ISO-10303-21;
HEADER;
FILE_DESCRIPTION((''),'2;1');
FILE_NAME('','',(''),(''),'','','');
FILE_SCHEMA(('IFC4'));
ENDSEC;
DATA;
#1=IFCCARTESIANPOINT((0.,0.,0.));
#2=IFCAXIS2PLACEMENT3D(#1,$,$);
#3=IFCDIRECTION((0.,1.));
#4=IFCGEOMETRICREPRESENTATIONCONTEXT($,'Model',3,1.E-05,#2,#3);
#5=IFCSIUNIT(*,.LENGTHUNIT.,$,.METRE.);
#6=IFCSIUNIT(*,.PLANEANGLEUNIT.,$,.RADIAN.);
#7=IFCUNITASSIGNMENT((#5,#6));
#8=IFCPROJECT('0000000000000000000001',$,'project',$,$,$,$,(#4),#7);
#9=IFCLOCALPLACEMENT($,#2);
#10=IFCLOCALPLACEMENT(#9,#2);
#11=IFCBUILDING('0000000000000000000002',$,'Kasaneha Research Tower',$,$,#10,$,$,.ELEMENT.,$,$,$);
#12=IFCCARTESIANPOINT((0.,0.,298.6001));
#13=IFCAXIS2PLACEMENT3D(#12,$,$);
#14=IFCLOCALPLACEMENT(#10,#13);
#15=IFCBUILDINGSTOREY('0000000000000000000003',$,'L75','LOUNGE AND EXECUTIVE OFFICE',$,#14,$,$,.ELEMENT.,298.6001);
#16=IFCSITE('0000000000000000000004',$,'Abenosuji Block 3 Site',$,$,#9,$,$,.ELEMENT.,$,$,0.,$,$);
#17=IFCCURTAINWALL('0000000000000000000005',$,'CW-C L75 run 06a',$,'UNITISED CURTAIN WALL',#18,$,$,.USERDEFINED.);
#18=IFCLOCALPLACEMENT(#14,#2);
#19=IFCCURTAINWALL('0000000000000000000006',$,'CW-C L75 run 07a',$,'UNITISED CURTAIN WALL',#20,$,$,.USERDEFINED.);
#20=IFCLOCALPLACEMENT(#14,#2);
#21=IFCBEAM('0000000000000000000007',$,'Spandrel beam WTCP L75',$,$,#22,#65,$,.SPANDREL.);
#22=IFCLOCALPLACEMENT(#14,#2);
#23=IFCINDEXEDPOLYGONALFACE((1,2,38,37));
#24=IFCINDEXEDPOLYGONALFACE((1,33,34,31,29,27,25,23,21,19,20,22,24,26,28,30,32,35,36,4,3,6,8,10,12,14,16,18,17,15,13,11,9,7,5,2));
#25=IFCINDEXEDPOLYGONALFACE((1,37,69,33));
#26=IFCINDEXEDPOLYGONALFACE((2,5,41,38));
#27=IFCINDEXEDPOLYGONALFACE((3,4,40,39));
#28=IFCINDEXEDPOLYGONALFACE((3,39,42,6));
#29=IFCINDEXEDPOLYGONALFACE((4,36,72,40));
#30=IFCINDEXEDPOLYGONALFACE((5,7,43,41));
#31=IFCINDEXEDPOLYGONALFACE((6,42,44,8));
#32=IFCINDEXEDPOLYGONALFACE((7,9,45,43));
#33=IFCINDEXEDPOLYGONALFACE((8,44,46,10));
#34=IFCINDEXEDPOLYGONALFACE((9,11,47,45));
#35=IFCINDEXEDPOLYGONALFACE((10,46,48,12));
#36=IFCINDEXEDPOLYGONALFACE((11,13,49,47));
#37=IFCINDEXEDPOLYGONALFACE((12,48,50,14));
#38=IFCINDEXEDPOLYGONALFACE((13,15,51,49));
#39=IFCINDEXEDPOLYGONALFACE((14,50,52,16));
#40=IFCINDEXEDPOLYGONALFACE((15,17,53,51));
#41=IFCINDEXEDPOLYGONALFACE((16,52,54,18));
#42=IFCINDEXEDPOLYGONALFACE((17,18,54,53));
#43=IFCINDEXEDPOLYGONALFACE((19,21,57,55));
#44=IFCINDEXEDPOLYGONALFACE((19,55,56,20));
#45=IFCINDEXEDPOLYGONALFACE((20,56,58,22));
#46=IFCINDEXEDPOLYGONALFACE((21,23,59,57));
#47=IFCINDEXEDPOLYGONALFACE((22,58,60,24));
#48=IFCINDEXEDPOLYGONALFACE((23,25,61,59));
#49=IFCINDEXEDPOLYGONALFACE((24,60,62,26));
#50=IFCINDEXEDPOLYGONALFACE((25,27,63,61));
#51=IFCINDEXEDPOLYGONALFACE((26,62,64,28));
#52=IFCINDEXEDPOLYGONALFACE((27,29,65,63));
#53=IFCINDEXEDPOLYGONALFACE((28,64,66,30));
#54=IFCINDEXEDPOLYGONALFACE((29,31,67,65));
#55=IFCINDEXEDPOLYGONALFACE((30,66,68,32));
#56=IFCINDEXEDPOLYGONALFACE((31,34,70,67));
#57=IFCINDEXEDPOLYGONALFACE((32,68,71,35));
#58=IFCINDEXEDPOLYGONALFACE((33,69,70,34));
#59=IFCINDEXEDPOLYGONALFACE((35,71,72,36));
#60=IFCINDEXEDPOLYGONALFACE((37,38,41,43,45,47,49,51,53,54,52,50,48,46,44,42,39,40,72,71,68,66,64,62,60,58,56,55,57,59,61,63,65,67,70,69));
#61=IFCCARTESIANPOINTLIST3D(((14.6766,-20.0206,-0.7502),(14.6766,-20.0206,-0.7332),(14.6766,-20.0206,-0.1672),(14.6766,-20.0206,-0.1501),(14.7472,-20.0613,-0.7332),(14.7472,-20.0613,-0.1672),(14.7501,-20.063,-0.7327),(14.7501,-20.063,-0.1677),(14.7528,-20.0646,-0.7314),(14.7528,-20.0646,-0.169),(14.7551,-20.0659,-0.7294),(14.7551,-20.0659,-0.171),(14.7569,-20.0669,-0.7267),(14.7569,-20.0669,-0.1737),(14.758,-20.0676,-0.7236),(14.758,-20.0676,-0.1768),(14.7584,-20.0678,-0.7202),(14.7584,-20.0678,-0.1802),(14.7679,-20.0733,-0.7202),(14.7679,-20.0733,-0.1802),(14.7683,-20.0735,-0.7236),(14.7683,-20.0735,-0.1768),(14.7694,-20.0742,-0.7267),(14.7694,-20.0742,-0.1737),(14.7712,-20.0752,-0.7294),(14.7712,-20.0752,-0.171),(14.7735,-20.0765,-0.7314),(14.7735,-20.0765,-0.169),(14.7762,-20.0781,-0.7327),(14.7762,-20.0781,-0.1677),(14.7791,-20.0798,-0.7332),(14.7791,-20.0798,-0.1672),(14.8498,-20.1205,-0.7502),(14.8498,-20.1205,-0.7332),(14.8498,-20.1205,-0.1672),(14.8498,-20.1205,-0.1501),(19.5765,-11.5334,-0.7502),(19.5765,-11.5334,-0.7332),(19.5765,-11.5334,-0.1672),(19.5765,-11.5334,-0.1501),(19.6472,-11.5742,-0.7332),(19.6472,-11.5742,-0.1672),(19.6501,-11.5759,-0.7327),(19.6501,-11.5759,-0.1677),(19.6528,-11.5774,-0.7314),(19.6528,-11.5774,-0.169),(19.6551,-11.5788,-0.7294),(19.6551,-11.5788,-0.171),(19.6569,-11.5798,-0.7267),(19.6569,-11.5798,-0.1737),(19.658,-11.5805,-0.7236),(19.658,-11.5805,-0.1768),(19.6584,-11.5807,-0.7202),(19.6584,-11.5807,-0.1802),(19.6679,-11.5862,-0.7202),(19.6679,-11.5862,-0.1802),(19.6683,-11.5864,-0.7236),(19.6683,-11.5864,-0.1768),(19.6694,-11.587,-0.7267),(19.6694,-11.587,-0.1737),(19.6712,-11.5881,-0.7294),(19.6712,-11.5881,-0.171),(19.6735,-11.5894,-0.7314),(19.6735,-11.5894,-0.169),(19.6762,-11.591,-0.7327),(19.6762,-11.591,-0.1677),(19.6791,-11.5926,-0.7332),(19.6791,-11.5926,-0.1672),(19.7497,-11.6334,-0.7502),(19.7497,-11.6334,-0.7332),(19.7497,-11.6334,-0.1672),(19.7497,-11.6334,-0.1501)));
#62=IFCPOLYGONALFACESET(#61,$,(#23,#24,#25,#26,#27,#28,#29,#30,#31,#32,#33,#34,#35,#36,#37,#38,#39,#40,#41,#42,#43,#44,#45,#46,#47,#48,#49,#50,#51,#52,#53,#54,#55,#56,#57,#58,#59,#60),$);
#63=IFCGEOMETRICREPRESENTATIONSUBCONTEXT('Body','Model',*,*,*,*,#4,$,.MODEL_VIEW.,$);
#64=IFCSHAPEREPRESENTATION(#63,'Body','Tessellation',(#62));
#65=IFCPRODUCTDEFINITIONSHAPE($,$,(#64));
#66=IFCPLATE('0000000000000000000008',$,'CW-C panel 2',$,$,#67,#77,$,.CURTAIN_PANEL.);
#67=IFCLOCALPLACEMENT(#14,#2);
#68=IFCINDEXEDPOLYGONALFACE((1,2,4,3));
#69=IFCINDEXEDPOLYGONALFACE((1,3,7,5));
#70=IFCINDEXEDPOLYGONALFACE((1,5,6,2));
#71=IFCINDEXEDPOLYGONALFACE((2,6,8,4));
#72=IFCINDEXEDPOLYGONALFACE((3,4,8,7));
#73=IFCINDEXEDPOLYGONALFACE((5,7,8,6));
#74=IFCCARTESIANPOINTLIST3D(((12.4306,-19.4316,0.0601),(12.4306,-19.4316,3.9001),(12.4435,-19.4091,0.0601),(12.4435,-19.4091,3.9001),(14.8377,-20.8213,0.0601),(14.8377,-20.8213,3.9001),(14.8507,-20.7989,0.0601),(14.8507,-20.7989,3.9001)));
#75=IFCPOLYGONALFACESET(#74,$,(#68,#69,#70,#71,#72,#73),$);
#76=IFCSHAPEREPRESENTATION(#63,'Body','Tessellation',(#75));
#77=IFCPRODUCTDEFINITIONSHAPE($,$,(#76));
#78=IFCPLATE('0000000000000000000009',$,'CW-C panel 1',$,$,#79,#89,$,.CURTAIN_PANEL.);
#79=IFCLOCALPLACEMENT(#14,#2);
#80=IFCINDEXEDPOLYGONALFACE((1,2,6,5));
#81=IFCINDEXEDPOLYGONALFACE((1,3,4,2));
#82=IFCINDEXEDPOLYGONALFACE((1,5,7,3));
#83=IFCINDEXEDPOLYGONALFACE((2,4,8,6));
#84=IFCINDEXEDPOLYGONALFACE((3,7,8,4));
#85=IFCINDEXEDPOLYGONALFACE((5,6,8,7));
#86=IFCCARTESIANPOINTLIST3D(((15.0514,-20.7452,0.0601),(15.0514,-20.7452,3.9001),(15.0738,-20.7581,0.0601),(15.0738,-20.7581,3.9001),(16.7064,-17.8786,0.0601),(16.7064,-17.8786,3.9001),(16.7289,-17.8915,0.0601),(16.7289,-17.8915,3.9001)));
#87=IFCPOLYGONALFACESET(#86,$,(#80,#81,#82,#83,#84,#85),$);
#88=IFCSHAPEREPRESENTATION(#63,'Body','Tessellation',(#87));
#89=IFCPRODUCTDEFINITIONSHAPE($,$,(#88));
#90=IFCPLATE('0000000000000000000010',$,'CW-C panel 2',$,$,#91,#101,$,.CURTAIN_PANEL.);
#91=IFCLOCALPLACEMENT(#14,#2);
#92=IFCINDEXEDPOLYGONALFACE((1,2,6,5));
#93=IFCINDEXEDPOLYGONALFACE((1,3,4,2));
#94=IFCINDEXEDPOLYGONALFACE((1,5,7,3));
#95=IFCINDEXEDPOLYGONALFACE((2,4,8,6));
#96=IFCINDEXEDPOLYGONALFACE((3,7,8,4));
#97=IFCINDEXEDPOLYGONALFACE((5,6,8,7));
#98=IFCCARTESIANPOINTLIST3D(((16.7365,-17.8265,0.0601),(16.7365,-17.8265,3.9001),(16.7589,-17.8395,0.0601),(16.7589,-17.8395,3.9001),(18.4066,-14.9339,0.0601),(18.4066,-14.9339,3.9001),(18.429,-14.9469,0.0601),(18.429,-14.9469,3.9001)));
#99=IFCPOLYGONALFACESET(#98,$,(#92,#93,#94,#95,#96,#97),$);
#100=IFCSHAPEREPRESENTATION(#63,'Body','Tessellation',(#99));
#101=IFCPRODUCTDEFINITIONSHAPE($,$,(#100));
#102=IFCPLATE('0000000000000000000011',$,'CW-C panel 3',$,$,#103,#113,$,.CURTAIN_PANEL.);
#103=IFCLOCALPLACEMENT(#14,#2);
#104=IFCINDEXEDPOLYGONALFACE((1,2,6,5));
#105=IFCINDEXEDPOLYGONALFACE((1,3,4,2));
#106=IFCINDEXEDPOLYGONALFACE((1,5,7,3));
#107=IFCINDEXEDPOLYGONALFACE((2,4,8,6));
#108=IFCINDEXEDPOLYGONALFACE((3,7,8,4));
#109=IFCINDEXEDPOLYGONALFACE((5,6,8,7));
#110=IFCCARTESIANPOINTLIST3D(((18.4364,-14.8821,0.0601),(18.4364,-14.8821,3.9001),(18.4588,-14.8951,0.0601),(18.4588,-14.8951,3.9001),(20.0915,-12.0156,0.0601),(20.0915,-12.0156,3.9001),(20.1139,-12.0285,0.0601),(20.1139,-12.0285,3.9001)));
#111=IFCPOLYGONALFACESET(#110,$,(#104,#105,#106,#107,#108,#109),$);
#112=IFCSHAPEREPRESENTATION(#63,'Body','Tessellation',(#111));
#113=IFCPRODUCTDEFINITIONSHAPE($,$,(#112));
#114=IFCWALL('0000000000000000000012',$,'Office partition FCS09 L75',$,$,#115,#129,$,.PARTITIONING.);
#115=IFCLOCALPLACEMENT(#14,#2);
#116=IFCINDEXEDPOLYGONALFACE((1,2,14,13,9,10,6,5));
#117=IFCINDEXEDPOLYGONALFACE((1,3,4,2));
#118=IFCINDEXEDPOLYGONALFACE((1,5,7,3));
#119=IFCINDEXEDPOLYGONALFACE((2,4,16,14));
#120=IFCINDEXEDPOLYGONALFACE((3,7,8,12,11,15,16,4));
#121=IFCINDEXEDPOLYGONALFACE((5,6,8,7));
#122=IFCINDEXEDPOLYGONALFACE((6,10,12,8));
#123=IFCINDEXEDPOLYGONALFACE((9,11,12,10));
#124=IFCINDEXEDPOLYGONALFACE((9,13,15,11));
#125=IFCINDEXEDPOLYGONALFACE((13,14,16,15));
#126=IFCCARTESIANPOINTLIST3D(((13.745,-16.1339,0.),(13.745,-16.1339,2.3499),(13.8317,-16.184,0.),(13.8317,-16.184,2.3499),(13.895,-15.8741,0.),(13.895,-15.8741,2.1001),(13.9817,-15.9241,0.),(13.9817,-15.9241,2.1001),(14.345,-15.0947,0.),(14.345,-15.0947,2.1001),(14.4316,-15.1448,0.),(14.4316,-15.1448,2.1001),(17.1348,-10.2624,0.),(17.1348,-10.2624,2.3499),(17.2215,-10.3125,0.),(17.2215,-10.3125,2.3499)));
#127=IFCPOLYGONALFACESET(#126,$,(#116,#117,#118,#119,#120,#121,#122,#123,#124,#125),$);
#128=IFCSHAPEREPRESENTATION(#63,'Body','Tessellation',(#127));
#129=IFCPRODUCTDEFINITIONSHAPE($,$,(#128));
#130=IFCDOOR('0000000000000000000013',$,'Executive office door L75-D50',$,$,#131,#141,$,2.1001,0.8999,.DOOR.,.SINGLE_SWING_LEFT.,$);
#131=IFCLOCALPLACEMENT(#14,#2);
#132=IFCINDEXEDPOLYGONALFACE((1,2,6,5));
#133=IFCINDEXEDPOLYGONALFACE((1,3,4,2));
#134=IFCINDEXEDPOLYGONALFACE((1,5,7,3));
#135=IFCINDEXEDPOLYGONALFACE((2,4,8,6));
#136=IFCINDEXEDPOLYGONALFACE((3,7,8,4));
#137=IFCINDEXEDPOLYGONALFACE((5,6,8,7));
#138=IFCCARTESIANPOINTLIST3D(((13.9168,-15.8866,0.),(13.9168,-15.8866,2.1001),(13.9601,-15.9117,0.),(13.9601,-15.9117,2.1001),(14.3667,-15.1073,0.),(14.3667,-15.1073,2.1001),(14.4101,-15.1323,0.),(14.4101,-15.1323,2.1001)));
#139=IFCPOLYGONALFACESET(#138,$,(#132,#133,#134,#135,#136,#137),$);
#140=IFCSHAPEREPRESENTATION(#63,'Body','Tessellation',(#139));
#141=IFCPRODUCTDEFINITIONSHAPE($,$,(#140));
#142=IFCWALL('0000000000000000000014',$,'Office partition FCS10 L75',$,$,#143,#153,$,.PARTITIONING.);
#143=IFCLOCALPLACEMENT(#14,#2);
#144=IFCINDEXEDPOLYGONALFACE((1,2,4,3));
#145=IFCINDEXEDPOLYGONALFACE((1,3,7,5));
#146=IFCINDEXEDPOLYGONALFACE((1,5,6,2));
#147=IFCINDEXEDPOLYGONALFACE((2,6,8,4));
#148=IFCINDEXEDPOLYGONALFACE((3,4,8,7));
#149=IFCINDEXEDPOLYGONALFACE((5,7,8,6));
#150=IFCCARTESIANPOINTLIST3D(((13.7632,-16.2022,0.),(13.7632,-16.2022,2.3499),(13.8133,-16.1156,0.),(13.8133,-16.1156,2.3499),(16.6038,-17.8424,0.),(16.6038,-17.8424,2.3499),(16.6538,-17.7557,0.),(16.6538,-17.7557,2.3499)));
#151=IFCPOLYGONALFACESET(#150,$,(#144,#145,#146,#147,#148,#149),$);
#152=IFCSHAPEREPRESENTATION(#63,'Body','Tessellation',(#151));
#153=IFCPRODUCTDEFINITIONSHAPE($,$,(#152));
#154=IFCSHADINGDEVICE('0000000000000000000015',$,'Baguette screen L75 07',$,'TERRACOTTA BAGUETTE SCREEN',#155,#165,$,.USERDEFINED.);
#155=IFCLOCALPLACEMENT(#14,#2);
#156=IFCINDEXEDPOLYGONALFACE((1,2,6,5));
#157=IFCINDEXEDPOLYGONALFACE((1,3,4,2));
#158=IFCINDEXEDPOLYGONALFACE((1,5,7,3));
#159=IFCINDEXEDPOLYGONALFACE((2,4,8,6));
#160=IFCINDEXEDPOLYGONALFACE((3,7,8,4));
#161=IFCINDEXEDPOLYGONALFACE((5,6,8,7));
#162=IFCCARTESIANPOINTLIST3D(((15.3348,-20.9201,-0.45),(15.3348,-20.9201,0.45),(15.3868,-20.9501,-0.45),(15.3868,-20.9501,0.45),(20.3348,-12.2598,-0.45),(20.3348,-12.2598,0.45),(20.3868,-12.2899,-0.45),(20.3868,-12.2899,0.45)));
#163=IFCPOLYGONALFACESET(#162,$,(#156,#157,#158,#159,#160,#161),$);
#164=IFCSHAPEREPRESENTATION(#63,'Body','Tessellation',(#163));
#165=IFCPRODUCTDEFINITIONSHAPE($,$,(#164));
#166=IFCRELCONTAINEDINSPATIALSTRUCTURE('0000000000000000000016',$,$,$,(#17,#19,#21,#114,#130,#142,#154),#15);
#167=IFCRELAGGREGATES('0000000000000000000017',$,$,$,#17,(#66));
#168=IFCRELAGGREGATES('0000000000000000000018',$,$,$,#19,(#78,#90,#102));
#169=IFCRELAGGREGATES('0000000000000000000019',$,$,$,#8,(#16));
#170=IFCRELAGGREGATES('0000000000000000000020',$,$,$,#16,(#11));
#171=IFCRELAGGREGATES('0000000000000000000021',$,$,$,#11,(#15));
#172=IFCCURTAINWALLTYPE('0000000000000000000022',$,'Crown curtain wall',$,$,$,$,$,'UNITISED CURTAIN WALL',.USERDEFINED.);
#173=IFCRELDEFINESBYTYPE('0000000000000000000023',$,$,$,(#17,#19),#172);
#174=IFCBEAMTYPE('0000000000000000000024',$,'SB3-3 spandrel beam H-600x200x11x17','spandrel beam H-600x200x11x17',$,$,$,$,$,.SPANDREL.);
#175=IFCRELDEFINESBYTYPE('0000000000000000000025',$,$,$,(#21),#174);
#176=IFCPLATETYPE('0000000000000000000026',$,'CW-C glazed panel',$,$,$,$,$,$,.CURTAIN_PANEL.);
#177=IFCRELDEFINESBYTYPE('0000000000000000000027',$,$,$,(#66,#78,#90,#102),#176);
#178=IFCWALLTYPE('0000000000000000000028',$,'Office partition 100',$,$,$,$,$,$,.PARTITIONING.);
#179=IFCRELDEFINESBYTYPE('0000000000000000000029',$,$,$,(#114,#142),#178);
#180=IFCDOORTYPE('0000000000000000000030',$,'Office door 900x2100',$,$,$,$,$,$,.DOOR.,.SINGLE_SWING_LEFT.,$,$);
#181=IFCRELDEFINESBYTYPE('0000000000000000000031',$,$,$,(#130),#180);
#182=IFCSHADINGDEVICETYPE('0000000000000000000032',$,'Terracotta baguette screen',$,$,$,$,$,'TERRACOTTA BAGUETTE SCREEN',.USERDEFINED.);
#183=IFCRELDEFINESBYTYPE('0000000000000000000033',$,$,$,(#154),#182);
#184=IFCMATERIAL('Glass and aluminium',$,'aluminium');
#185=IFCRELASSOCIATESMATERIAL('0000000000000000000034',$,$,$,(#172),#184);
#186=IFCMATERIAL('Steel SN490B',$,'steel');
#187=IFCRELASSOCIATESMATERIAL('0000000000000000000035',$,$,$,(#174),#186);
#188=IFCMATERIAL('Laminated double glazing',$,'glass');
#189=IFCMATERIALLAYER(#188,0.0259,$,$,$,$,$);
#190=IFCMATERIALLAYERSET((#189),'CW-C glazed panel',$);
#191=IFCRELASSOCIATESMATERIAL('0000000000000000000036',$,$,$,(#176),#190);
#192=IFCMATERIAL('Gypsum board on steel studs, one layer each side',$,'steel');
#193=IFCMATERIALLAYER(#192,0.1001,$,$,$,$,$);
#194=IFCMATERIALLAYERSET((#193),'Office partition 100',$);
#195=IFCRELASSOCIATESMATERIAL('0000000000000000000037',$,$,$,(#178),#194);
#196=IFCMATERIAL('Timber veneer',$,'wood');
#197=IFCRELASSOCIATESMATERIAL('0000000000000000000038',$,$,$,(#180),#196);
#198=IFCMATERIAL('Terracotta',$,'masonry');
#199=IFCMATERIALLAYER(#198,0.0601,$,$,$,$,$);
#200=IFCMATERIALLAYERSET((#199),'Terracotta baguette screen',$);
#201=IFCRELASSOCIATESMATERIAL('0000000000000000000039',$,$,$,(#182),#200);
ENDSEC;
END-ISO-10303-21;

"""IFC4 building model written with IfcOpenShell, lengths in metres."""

from ifc_helpers import new_model, si_unit, direction, frame, frame_2d, origin, origin_2d, place, context, subcontext, project, spatial, rectangle, i_section, extrude, material, layer, layer_set, material_profile, profile_set, type_object, element, fill, aggregate, save


model = new_model("IFC4")

# Units and contexts
model_context = context("Model", 3, precision=1e-05, world=origin(), true_north=direction((0.0, 1.0)))
body_context = subcontext(model_context, "Body", "Model", "MODEL_VIEW")
ifc_project = project(units=[si_unit("LENGTHUNIT", "METRE"), si_unit("PLANEANGLEUNIT", "RADIAN")], contexts=[model_context])

# Site, building, storey
site_placement = place(None, origin())
site = spatial("IfcSite", under=ifc_project, at=site_placement, Name="Abenosuji Block 3 Site", CompositionType="ELEMENT", RefElevation=0.0)
building_placement = place(site_placement, origin())
building = spatial("IfcBuilding", under=site, at=building_placement, Name="Kasaneha Research Tower", CompositionType="ELEMENT")
storey_placement = place(building_placement, frame((0.0, 0.0, 298.6001)))
storey = spatial("IfcBuildingStorey", under=building, at=storey_placement, Name="L75", Description="LOUNGE AND EXECUTIVE OFFICE", CompositionType="ELEMENT", Elevation=298.6001)

# Curtain wall
ifc_material_1 = material(Name="Glass and aluminium", Category="aluminium")
curtain_wall_type = type_object("IfcCurtainWallType", Name="Crown curtain wall", ElementType="UNITISED CURTAIN WALL", PredefinedType="USERDEFINED", material=ifc_material_1)
curtain_wall_1_placement = place(storey_placement, origin())
curtain_wall_1 = element("IfcCurtainWall", 1, at=curtain_wall_1_placement, inside=storey, type_object=curtain_wall_type, Name="CW-C L75 run 06a", ObjectType="UNITISED CURTAIN WALL", PredefinedType="USERDEFINED")

# Curtain wall
curtain_wall_2_placement = place(storey_placement, origin())
curtain_wall_2 = element("IfcCurtainWall", 2, at=curtain_wall_2_placement, inside=storey, type_object=curtain_wall_type, Name="CW-C L75 run 07a", ObjectType="UNITISED CURTAIN WALL", PredefinedType="USERDEFINED")

# Beam
ifc_material_2 = material(Name="Steel SN490B", Category="steel")
ifc_material_profile_1 = material_profile(ifc_material_2, i_section(OverallWidth=0.2, OverallDepth=0.6001, WebThickness=0.011, FlangeThickness=0.0171, FilletRadius=0.0129, at=origin_2d()), Name="H-600x200x11x17")
ifc_profile_set_1 = profile_set([ifc_material_profile_1], Name="Steel SN490B")
beam_type = type_object("IfcBeamType", Name="SB3-3 spandrel beam H-600x200x11x17", Description="spandrel beam H-600x200x11x17", PredefinedType="SPANDREL", material=ifc_profile_set_1)
beam_placement = place(storey_placement, frame((14.7632, -20.0706, -0.4502), z_axis=(0.499992, 0.86603, 0.0), x_axis=(-0.86603, 0.499992, 0.0)))
element("IfcBeam", 3, at=beam_placement, inside=storey, type_object=beam_type, Name="Spandrel beam WTCP L75", PredefinedType="SPANDREL", context=body_context, shape_type="SweptSolid", body=[
    extrude(i_section(OverallWidth=0.2, OverallDepth=0.6001, WebThickness=0.011, FlangeThickness=0.0171, FilletRadius=0.0129, at=origin_2d()), origin(), (0.0, 0.0, 1.0), 9.8),
])

# Plates
ifc_material_3 = material(Name="Laminated double glazing", Category="glass")
ifc_layer_1 = layer(ifc_material_3, 0.0259)
ifc_layer_set_1 = layer_set([ifc_layer_1], Name="CW-C glazed panel")
plate_type = type_object("IfcPlateType", Name="CW-C glazed panel", PredefinedType="CURTAIN_PANEL", material=ifc_layer_set_1)
plate_1_placement = place(storey_placement, frame((13.6406, -20.1152, 0.0601), z_axis=(0.0, 0.0, 1.0), x_axis=(0.866025, -0.5, 0.0)))
plate_1 = element("IfcPlate", 4, at=plate_1_placement, type_object=plate_type, Name="CW-C panel 2", PredefinedType="CURTAIN_PANEL", context=body_context, shape_type="SweptSolid", body=[
    extrude(rectangle(XDim=2.7795, YDim=0.0259, at=origin_2d()), origin(), (0.0, 0.0, 1.0), 3.8401),
])
aggregate(curtain_wall_1, [plate_1])
plate_2_placement = place(storey_placement, frame((15.8901, -19.3184, 0.0601), z_axis=(0.0, 0.0, 1.0), x_axis=(0.5, 0.866025, 0.0)))
plate_2 = element("IfcPlate", 5, at=plate_2_placement, type_object=plate_type, Name="CW-C panel 1", PredefinedType="CURTAIN_PANEL", context=body_context, shape_type="SweptSolid", body=[
    extrude(rectangle(XDim=3.3101, YDim=0.0259, at=origin_2d()), origin(), (0.0, 0.0, 1.0), 3.8401),
])
plate_3_placement = place(storey_placement, frame((17.5828, -16.3867, 0.0601), z_axis=(0.0, 0.0, 1.0), x_axis=(0.5, 0.866025, 0.0)))
plate_3 = element("IfcPlate", 6, at=plate_3_placement, type_object=plate_type, Name="CW-C panel 2", PredefinedType="CURTAIN_PANEL", context=body_context, shape_type="SweptSolid", body=[
    extrude(rectangle(XDim=3.3401, YDim=0.0259, at=origin_2d()), origin(), (0.0, 0.0, 1.0), 3.8401),
])
plate_4_placement = place(storey_placement, frame((19.2751, -13.4553, 0.0601), z_axis=(0.0, 0.0, 1.0), x_axis=(0.5, 0.866025, 0.0)))
plate_4 = element("IfcPlate", 7, at=plate_4_placement, type_object=plate_type, Name="CW-C panel 3", PredefinedType="CURTAIN_PANEL", context=body_context, shape_type="SweptSolid", body=[
    extrude(rectangle(XDim=3.3101, YDim=0.0259, at=origin_2d()), origin(), (0.0, 0.0, 1.0), 3.8401),
])
aggregate(curtain_wall_2, [plate_2, plate_3, plate_4])

# Wall, opening, door
ifc_material_4 = material(Name="Gypsum board on steel studs, one layer each side", Category="steel")
ifc_layer_2 = layer(ifc_material_4, 0.1001)
ifc_layer_set_2 = layer_set([ifc_layer_2], Name="Office partition 100")
wall_type = type_object("IfcWallType", Name="Office partition 100", PredefinedType="PARTITIONING", material=ifc_layer_set_2)
wall_1_placement = place(storey_placement, frame((13.7883, -16.1589, 0.0), z_axis=(0.0, 0.0, 1.0), x_axis=(0.499993, 0.86603, 0.0)))
wall_1 = element("IfcWall", 8, at=wall_1_placement, inside=storey, type_object=wall_type, Name="Office partition FCS09 L75", PredefinedType="PARTITIONING", context=body_context, shape_type="SweptSolid", body=[
    extrude(rectangle(XDim=6.7798, YDim=0.1001, at=frame_2d((3.3899, 0.0))), origin(), (0.0, 0.0, 1.0), 2.3499),
])
opening_placement = place(wall_1_placement, frame((0.3, 0.0, 0.0)))
opening = element("IfcOpeningElement", 9, at=opening_placement, cuts=wall_1, PredefinedType="OPENING", context=body_context, shape_type="SweptSolid", body=[
    extrude(rectangle(XDim=0.8999, YDim=2.1001, at=frame_2d((0.45, 1.05))), frame((0.0, 0.0601, 0.0), z_axis=(0.0, -1.0, 0.0), x_axis=(1.0, 0.0, 0.0)), (0.0, 0.0, 1.0), 0.1201),
])
ifc_material_5 = material(Name="Timber veneer", Category="wood")
door_type = type_object("IfcDoorType", Name="Office door 900x2100", OperationType="SINGLE_SWING_LEFT", PredefinedType="DOOR", material=ifc_material_5)
door_placement = place(opening_placement, origin())
door = element("IfcDoor", 10, at=door_placement, inside=storey, type_object=door_type, Name="Executive office door L75-D50", OperationType="SINGLE_SWING_LEFT", OverallHeight=2.1001, OverallWidth=0.8999, PredefinedType="DOOR", context=body_context, shape_type="SweptSolid", body=[
    extrude(rectangle(XDim=0.8999, YDim=2.1001, at=frame_2d((0.45, 1.05))), frame((0.0, 0.0249, 0.0), z_axis=(0.0, -1.0, 0.0), x_axis=(1.0, 0.0, 0.0)), (0.0, 0.0, 1.0), 0.05),
])
fill(opening, door)

# Wall
wall_2_placement = place(storey_placement, frame((16.6289, -17.7991, 0.0), z_axis=(0.0, 0.0, 1.0), x_axis=(-0.866008, 0.50003, 0.0)))
element("IfcWall", 11, at=wall_2_placement, inside=storey, type_object=wall_type, Name="Office partition FCS10 L75", PredefinedType="PARTITIONING", context=body_context, shape_type="SweptSolid", body=[
    extrude(rectangle(XDim=3.28, YDim=0.1001, at=frame_2d((1.6401, 0.0))), origin(), (0.0, 0.0, 1.0), 2.3499),
])

# Shading device
ifc_material_6 = material(Name="Terracotta", Category="masonry")
ifc_layer_3 = layer(ifc_material_6, 0.0601)
ifc_layer_set_3 = layer_set([ifc_layer_3], Name="Terracotta baguette screen")
shading_device_type = type_object("IfcShadingDeviceType", Name="Terracotta baguette screen", ElementType="TERRACOTTA BAGUETTE SCREEN", PredefinedType="USERDEFINED", material=ifc_layer_set_3)
shading_device_placement = place(storey_placement, frame((17.8608, -16.605, -0.45), z_axis=(0.0, 0.0, 1.0), x_axis=(0.5, 0.866025, 0.0)))
element("IfcShadingDevice", 12, at=shading_device_placement, inside=storey, type_object=shading_device_type, Name="Baguette screen L75 07", ObjectType="TERRACOTTA BAGUETTE SCREEN", PredefinedType="USERDEFINED", context=body_context, shape_type="SweptSolid", body=[
    extrude(rectangle(XDim=10.0, YDim=0.0601, at=origin_2d()), origin(), (0.0, 0.0, 1.0), 0.8999),
])

save(model, "model.ifc")
